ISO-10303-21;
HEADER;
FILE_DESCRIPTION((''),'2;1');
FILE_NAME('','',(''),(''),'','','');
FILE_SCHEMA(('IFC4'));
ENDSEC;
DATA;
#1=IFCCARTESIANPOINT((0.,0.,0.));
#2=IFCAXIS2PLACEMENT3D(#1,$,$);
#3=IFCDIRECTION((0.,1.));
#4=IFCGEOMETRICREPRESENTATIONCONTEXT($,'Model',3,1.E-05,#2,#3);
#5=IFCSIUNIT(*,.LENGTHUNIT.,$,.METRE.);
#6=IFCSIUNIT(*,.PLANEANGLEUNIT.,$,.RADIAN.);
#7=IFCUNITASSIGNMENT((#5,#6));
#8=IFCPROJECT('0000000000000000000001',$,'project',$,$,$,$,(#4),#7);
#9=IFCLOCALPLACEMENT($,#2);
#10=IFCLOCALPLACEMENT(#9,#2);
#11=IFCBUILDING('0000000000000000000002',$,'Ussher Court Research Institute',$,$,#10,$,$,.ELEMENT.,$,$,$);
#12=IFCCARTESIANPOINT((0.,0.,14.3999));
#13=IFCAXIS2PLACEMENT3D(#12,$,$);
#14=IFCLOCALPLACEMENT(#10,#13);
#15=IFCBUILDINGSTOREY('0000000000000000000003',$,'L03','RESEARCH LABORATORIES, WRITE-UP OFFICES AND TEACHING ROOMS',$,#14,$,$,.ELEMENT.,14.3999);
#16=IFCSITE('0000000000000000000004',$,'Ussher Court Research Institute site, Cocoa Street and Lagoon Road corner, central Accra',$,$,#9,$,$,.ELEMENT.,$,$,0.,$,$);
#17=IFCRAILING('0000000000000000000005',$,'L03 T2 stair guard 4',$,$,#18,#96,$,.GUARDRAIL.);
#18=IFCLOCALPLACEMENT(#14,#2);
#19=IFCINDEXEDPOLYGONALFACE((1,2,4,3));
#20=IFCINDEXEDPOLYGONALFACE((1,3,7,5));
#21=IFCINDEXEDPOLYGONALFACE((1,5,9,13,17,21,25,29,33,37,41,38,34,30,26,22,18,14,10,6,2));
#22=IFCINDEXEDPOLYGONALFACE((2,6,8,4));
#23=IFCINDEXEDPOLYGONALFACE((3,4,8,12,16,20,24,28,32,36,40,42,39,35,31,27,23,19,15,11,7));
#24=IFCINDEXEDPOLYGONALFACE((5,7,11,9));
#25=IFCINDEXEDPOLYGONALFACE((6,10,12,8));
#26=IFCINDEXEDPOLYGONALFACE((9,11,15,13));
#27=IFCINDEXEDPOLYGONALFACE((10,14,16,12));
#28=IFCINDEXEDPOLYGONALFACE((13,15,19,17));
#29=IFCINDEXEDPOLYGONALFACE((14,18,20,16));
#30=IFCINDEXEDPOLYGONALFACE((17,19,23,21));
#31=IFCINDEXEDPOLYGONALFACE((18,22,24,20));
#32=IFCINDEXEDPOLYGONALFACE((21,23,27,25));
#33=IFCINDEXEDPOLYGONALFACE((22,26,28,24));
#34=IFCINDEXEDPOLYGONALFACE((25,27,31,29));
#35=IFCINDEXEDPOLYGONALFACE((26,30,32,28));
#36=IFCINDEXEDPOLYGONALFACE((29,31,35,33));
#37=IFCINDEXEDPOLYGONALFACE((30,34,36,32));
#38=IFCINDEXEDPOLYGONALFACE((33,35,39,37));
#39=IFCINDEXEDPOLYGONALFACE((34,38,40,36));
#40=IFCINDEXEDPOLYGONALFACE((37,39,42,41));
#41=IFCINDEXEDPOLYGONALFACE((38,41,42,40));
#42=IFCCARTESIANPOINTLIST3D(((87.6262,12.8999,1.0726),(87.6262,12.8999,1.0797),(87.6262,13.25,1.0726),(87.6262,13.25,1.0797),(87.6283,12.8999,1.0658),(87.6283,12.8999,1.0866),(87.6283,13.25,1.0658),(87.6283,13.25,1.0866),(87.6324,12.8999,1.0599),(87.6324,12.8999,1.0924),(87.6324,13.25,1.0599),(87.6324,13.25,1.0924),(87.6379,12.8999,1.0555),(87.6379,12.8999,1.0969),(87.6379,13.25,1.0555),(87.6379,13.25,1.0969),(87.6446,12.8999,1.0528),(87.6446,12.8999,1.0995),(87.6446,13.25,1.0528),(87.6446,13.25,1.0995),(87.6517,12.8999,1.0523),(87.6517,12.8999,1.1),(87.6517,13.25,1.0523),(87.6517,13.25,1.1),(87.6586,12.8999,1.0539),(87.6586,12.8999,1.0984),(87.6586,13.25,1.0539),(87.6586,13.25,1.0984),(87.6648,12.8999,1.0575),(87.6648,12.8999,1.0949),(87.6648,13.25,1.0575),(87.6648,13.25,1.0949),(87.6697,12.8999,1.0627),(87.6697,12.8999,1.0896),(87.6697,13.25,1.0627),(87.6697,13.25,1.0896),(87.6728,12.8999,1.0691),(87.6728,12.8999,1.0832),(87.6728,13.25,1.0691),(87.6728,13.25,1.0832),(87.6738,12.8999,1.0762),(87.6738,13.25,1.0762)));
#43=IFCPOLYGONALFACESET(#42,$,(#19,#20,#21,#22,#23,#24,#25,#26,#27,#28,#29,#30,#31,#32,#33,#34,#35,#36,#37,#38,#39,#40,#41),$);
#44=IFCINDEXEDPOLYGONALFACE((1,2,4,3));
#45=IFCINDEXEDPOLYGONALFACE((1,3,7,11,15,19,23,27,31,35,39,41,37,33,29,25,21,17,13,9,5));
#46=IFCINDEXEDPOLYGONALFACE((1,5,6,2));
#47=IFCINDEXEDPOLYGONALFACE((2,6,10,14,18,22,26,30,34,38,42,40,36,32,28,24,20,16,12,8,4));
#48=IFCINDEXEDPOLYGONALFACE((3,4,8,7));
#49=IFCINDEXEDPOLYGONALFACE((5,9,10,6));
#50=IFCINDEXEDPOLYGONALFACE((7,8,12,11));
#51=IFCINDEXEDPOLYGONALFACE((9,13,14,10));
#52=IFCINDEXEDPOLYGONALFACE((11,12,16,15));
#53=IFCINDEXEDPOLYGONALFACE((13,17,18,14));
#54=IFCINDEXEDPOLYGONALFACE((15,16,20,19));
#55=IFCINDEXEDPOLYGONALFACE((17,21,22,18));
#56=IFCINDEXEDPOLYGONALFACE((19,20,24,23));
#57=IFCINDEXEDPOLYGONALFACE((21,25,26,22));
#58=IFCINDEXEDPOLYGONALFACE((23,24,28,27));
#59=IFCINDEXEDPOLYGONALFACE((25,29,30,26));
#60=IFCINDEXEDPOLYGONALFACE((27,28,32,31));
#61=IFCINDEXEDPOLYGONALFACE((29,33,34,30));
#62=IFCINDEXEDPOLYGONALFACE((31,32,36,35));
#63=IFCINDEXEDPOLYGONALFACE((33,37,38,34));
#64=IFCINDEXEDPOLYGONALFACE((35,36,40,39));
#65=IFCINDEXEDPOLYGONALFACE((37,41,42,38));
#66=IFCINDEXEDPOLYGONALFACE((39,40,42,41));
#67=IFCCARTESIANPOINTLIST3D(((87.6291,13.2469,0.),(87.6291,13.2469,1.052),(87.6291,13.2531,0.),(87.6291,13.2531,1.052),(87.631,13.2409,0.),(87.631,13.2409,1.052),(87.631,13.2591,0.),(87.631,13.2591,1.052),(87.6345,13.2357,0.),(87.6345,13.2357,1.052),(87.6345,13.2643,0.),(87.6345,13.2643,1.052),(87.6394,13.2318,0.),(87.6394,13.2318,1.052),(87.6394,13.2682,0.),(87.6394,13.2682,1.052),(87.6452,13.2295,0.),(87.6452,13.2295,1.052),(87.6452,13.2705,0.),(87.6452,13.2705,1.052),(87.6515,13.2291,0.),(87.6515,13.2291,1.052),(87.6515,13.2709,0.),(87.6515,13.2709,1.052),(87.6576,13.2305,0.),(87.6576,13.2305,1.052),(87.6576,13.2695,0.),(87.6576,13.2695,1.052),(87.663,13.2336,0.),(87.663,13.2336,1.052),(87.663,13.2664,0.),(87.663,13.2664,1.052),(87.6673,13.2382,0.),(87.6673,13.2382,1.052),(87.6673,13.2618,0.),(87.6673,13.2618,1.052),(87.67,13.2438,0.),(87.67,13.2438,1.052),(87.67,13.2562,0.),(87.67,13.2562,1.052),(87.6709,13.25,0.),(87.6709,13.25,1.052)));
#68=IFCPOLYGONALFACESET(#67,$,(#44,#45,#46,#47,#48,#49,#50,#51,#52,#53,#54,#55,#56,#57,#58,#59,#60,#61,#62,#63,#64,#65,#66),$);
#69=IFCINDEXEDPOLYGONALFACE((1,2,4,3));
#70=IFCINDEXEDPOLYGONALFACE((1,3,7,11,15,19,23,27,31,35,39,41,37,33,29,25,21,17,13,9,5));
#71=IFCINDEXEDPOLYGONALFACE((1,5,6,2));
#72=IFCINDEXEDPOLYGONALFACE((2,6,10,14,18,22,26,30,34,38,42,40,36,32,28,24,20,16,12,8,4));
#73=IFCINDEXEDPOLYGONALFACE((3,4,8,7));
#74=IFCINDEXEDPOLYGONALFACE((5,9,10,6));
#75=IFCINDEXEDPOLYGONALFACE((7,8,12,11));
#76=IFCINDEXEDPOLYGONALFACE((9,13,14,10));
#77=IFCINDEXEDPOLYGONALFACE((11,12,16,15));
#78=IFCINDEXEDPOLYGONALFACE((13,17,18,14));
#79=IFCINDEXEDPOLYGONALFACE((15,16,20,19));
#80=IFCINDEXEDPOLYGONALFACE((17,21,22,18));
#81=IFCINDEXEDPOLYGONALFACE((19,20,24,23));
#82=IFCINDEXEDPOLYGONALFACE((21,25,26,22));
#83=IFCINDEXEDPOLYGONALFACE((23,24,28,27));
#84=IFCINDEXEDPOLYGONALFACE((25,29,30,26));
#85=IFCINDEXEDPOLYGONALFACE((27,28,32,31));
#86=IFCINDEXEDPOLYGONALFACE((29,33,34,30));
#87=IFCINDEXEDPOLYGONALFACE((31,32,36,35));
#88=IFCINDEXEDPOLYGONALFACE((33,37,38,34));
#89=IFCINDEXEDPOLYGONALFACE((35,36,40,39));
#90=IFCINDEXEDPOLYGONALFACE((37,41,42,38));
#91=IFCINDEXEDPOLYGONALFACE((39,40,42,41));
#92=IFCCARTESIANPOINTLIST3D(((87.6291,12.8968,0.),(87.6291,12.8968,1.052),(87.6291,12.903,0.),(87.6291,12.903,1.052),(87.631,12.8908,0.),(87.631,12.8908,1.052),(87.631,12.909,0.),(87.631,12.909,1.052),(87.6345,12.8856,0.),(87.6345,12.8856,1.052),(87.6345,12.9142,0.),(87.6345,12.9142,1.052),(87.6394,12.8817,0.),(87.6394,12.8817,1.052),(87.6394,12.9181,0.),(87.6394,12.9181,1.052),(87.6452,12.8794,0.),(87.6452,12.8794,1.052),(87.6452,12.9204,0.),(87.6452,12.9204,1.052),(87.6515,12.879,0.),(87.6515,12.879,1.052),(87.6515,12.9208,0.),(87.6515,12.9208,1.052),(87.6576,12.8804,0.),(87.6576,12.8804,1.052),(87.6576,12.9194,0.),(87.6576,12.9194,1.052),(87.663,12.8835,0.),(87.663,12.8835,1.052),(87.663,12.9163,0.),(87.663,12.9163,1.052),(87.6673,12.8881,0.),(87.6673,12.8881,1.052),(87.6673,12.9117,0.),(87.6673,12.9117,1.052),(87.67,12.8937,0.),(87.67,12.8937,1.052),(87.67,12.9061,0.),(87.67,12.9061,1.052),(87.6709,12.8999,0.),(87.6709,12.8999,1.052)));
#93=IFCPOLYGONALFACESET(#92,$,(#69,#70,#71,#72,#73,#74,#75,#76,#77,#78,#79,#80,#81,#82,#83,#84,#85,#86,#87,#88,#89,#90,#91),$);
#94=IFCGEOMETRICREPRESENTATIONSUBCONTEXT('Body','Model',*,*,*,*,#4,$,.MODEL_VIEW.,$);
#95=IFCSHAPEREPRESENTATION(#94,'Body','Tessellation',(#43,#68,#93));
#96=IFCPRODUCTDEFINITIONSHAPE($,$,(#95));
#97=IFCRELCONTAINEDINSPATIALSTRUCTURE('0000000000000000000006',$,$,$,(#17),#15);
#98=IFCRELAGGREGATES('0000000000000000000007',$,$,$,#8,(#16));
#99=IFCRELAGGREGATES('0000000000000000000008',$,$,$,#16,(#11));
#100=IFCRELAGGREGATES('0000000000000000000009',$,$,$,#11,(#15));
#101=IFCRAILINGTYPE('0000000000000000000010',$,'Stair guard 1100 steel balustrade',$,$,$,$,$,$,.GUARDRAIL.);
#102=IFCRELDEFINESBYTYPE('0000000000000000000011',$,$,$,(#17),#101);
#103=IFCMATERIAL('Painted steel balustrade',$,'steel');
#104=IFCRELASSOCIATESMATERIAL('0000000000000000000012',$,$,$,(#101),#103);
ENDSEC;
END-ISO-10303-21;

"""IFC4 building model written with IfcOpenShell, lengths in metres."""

from ifc_helpers import new_model, si_unit, direction, frame, origin, origin_2d, place, context, subcontext, project, spatial, circle, extrude, material, type_object, element, save


model = new_model("IFC4")

# Units and contexts
model_context = context("Model", 3, precision=1e-05, world=origin(), true_north=direction((0.0, 1.0)))
body_context = subcontext(model_context, "Body", "Model", "MODEL_VIEW")
ifc_project = project(units=[si_unit("LENGTHUNIT", "METRE"), si_unit("PLANEANGLEUNIT", "RADIAN")], contexts=[model_context])

# Site, building, storey
site_placement = place(None, origin())
site = spatial("IfcSite", under=ifc_project, at=site_placement, Name="Ussher Court Research Institute site, Cocoa Street and Lagoon Road corner, central Accra", CompositionType="ELEMENT", RefElevation=0.0)
building_placement = place(site_placement, origin())
building = spatial("IfcBuilding", under=site, at=building_placement, Name="Ussher Court Research Institute", CompositionType="ELEMENT")
storey_placement = place(building_placement, frame((0.0, 0.0, 14.3999)))
storey = spatial("IfcBuildingStorey", under=building, at=storey_placement, Name="L03", Description="RESEARCH LABORATORIES, WRITE-UP OFFICES AND TEACHING ROOMS", CompositionType="ELEMENT", Elevation=14.3999)

# Railing
ifc_material_1 = material(Name="Painted steel balustrade", Category="steel")
railing_type_1 = type_object("IfcRailingType", Name="Stair guard 1100 steel balustrade", PredefinedType="GUARDRAIL", material=ifc_material_1)
railing_1_placement = place(storey_placement, frame((87.6499, 13.25, 0.0)))
element("IfcRailing", 1, at=railing_1_placement, inside=storey, type_object=railing_type_1, Name="L03 T2 stair guard 4", PredefinedType="GUARDRAIL", context=body_context, shape_type="SweptSolid", body=[
    extrude(circle(Radius=0.0239, at=origin_2d()), frame((0.0, 0.0, 1.0762), z_axis=(0.0, -1.0, 0.0), x_axis=(1.0, 0.0, 0.0)), (0.0, 0.0, 1.0), 0.3501),
    extrude(circle(Radius=0.021, at=origin_2d()), origin(), (0.0, 0.0, 1.0), 1.052),
    extrude(circle(Radius=0.021, at=origin_2d()), frame((0.0, -0.3501, 0.0)), (0.0, 0.0, 1.0), 1.052),
])

save(model, "model.ifc")
